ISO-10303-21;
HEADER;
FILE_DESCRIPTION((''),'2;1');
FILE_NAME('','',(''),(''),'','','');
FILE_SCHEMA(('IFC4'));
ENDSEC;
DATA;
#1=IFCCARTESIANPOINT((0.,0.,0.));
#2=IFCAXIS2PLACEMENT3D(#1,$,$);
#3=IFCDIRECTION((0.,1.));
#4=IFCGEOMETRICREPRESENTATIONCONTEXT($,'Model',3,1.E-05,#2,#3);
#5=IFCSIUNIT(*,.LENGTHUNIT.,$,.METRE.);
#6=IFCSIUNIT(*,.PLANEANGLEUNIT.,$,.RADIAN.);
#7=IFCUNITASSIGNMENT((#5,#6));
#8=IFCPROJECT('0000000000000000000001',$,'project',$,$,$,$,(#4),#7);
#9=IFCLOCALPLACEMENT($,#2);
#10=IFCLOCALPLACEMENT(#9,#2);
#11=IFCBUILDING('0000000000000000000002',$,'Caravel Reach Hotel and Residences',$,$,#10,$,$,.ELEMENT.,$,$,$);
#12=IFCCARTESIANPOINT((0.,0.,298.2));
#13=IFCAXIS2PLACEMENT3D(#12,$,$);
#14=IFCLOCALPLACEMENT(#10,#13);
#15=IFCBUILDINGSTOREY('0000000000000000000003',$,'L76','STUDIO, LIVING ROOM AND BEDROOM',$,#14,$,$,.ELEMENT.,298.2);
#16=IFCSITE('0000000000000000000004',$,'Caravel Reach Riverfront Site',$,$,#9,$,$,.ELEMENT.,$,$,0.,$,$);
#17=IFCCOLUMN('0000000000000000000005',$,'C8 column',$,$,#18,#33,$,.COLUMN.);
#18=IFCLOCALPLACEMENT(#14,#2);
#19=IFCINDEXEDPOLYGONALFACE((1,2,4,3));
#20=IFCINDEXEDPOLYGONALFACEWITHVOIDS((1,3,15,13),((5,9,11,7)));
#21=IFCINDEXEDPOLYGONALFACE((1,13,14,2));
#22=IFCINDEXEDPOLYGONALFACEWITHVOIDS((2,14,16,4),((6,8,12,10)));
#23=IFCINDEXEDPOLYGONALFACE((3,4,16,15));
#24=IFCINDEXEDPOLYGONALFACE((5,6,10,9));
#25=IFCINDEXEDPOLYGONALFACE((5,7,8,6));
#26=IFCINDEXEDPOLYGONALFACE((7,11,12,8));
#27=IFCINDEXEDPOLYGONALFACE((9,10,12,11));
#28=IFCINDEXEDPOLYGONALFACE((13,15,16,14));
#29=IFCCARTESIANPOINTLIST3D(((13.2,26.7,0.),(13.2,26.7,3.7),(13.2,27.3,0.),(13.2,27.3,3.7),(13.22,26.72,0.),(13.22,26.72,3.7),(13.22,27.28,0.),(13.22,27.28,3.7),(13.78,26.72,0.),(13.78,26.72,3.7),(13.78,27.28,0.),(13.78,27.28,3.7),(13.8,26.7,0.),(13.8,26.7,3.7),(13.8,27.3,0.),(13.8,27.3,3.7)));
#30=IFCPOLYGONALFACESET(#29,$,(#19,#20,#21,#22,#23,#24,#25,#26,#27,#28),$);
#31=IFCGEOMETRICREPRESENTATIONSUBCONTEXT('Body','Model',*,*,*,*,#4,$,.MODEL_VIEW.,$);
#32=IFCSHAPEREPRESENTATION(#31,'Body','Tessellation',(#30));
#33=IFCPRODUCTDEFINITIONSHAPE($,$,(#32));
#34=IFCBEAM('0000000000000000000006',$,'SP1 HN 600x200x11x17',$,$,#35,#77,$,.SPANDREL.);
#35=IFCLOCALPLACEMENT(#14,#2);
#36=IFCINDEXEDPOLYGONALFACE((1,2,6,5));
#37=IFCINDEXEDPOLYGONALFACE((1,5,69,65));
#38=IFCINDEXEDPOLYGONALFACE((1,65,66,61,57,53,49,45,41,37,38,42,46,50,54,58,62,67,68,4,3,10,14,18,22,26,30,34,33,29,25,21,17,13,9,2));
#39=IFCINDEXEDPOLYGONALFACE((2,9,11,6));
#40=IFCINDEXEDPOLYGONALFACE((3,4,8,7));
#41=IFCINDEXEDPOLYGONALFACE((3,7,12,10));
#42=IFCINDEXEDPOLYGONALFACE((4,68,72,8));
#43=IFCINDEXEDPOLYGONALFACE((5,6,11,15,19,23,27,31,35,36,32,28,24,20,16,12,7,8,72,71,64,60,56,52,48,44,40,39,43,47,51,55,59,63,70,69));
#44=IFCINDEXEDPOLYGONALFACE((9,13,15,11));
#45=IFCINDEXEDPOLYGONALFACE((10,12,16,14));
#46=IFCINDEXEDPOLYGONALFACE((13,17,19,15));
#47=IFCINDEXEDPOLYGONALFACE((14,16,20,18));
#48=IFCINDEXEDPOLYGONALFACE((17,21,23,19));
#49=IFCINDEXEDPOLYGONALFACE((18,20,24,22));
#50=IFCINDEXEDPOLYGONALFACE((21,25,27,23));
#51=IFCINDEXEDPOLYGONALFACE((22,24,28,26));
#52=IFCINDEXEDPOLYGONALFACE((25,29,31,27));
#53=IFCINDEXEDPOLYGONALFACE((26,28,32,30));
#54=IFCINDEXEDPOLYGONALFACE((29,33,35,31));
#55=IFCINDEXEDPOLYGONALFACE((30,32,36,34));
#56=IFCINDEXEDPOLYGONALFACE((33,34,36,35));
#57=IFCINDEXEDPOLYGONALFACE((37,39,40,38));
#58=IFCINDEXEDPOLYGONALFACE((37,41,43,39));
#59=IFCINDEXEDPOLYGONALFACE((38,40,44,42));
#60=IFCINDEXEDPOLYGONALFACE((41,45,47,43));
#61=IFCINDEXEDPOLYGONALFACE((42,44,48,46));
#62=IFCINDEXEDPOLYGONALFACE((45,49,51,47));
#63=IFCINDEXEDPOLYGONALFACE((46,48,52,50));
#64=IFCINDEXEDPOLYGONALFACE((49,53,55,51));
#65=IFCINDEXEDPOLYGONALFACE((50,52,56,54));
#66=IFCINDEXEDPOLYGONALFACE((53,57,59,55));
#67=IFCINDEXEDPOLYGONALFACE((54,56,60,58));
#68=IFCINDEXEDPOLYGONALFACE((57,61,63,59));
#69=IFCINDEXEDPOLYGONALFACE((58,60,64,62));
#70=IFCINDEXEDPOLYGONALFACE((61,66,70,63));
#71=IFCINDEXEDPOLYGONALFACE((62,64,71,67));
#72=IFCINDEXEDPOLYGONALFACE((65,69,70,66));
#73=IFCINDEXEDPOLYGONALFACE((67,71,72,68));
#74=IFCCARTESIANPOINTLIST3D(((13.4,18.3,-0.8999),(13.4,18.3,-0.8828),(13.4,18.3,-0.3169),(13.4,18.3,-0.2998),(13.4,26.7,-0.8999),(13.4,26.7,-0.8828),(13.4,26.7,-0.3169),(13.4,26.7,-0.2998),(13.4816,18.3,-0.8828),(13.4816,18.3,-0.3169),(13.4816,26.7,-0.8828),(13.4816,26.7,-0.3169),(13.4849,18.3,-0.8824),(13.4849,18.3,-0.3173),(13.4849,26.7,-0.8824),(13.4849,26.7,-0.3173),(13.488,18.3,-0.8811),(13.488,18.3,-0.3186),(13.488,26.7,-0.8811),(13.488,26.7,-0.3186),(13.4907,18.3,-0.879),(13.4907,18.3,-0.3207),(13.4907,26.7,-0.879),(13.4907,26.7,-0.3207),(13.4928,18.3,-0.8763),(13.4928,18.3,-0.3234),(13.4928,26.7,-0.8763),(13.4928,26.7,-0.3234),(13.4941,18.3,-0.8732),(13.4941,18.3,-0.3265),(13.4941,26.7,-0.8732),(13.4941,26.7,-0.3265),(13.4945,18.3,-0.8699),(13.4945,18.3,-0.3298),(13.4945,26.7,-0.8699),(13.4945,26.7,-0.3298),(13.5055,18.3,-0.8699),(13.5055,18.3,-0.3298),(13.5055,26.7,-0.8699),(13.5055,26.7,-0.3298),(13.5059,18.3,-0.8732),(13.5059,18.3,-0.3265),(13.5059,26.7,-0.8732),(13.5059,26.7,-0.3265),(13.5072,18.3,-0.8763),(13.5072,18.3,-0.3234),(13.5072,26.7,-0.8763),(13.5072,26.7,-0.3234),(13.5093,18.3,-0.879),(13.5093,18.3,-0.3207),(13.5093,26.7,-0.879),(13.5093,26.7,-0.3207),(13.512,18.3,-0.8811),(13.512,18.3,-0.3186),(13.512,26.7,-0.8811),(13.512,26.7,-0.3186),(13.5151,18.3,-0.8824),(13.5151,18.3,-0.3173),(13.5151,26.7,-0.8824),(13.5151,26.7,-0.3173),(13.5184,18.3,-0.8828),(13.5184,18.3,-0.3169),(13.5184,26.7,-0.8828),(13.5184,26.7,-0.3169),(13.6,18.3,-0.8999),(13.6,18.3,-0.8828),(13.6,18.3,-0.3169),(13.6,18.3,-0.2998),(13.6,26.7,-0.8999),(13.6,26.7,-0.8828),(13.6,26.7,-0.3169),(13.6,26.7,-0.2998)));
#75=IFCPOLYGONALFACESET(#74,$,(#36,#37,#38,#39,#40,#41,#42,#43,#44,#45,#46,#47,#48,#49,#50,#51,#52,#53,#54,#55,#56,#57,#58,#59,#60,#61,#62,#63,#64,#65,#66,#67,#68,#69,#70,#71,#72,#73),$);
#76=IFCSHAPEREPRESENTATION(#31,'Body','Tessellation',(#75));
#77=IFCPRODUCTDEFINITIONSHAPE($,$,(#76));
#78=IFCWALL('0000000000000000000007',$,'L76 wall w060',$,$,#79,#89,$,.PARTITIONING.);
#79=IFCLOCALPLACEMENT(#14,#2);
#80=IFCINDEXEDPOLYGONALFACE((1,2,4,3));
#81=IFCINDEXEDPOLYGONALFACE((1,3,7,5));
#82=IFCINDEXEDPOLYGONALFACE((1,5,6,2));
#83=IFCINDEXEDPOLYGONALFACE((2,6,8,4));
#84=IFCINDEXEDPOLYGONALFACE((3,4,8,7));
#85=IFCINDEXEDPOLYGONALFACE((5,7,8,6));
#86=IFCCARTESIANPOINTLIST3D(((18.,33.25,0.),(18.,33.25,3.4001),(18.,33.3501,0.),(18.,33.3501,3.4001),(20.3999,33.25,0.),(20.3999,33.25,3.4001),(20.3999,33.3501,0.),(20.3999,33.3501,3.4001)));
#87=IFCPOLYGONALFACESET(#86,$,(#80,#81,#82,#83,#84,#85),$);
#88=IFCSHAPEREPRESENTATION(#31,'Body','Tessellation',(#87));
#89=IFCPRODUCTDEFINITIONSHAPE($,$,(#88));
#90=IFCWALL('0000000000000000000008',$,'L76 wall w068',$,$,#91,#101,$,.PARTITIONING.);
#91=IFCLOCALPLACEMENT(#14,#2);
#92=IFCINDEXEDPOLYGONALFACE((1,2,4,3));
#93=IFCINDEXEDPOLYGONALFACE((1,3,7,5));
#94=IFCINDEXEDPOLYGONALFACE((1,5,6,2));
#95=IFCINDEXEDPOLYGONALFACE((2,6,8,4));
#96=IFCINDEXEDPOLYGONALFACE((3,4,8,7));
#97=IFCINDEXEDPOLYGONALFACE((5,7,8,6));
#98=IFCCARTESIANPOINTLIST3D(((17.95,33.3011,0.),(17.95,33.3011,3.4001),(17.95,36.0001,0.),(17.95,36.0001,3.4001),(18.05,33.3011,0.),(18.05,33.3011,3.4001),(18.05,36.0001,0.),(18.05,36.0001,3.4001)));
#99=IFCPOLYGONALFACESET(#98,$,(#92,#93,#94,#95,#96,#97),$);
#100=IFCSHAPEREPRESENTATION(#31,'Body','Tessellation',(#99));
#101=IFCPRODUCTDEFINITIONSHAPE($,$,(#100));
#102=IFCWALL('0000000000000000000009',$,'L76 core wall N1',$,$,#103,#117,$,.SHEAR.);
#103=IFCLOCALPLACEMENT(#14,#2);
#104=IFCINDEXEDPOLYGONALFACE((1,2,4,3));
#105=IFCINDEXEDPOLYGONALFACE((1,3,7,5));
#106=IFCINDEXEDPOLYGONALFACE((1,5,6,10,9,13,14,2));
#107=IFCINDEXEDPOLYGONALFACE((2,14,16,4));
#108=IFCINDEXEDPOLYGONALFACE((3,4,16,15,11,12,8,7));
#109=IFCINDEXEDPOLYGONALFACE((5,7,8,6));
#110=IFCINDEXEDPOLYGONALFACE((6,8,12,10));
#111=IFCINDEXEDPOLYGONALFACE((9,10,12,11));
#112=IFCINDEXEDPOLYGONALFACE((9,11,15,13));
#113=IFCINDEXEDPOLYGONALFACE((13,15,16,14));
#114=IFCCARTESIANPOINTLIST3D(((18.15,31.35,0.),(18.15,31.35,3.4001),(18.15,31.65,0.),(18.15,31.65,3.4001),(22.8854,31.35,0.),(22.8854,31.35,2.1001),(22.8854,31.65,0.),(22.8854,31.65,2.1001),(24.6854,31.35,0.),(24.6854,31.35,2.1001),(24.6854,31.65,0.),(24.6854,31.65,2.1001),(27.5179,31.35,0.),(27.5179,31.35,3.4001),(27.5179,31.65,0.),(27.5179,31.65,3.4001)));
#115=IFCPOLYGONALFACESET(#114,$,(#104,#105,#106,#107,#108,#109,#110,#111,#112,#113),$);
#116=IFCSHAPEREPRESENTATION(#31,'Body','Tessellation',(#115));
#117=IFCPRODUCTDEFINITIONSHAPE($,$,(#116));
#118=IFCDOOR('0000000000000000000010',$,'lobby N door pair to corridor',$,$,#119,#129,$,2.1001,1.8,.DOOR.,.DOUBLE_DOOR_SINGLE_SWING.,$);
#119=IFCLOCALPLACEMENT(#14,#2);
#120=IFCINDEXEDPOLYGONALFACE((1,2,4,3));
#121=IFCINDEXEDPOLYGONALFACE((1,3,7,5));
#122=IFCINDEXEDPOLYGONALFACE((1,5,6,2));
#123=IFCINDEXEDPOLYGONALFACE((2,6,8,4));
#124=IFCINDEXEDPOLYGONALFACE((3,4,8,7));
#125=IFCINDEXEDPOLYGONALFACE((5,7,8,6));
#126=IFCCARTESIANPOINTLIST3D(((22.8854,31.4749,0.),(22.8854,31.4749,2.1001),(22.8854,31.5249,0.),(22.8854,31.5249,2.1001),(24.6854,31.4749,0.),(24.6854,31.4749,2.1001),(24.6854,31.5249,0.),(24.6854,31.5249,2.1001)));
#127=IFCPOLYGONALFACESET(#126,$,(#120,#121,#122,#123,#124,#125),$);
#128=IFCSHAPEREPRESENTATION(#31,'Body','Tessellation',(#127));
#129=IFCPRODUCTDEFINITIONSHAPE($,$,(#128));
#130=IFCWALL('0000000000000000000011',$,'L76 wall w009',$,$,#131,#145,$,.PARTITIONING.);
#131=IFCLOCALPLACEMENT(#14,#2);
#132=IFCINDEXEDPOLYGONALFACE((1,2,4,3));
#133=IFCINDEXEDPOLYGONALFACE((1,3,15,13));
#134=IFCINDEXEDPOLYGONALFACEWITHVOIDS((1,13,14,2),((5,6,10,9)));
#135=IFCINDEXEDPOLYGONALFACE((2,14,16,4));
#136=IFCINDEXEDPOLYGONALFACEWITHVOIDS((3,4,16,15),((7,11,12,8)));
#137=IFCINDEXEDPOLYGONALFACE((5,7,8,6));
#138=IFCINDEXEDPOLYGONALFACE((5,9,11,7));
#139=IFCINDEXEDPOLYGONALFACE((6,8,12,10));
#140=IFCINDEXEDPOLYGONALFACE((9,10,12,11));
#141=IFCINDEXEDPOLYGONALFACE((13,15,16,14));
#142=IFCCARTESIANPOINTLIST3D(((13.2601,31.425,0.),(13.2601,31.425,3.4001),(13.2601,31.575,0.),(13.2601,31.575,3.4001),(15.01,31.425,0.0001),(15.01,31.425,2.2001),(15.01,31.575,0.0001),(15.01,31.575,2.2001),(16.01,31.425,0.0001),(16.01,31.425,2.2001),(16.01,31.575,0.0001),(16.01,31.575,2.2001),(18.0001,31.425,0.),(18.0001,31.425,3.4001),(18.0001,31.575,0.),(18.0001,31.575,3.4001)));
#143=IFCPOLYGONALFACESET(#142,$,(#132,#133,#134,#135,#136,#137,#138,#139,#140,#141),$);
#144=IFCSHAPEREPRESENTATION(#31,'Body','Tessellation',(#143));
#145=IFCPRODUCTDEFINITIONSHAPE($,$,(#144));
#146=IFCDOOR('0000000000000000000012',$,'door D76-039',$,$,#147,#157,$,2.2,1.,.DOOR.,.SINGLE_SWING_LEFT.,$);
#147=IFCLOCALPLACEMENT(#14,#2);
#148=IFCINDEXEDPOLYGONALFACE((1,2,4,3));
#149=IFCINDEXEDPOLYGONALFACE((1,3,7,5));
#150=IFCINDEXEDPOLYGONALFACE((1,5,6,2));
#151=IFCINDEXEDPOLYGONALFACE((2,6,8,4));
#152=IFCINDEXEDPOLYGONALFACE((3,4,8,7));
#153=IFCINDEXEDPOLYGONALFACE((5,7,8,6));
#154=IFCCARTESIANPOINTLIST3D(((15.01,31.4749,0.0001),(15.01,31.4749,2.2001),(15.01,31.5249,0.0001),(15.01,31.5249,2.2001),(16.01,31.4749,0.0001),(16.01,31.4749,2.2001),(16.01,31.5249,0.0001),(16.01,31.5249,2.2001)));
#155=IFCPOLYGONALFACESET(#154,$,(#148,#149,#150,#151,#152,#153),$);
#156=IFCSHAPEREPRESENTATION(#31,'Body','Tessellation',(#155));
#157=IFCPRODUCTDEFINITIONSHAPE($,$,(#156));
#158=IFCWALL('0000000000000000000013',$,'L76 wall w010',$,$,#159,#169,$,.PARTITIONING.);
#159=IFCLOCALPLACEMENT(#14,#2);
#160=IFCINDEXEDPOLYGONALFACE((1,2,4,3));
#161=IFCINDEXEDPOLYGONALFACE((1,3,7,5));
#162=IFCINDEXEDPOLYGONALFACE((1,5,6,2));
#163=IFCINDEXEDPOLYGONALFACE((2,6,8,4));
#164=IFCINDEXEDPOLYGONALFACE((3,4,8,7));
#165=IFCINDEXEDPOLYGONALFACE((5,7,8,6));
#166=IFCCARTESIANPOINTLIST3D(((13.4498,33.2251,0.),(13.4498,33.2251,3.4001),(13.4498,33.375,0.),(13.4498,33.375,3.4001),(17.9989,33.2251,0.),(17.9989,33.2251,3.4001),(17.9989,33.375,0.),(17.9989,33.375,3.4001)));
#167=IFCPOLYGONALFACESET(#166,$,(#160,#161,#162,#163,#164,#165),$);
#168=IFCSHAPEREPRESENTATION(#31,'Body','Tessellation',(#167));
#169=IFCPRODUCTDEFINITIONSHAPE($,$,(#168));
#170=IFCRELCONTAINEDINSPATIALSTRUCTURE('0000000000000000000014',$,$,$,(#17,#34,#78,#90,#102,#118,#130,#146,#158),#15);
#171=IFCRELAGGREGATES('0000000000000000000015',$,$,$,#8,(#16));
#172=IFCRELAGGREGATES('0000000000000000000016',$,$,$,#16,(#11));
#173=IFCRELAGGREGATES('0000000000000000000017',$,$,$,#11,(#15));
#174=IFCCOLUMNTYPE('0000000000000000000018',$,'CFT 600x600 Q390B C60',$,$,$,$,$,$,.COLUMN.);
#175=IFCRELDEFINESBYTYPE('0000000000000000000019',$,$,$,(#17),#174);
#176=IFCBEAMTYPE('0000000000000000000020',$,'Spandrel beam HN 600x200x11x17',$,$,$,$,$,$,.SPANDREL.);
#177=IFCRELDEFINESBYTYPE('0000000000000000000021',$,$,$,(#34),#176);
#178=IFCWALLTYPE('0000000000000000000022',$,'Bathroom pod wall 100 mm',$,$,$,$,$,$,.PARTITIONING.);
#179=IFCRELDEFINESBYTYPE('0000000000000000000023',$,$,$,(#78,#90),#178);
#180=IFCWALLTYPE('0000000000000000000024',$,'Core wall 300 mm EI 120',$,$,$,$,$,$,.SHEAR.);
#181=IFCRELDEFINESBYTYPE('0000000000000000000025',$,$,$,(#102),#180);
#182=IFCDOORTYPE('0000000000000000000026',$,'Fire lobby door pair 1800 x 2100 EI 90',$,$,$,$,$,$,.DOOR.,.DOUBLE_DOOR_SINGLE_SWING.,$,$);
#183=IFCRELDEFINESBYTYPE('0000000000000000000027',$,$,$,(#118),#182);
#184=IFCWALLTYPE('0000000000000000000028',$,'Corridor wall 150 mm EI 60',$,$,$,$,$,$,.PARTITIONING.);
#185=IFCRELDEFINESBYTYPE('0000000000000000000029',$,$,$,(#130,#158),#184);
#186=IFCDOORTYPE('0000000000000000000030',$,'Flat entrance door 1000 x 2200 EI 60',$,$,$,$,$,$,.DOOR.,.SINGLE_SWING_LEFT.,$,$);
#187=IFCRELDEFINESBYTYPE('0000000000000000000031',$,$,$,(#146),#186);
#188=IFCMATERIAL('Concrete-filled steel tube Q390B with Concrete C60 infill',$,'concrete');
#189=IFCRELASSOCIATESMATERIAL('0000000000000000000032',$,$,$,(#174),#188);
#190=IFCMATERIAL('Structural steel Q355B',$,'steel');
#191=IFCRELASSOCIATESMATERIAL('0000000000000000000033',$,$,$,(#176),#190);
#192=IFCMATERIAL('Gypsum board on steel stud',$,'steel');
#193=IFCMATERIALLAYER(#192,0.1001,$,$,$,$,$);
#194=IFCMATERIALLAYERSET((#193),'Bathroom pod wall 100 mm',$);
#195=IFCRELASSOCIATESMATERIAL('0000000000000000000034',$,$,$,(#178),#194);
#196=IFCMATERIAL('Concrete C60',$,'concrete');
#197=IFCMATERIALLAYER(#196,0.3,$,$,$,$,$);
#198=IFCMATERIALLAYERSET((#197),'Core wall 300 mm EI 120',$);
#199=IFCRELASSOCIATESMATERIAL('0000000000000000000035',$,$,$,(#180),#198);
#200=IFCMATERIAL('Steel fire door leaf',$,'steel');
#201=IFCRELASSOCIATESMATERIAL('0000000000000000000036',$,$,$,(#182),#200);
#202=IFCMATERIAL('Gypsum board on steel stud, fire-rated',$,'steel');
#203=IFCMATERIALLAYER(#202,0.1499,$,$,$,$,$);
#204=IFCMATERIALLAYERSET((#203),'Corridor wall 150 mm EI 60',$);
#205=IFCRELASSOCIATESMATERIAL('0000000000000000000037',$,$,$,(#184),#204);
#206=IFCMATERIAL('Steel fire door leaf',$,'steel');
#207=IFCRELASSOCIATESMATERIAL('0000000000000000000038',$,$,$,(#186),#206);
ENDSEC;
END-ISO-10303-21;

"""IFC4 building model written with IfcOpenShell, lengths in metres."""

from ifc_helpers import new_model, si_unit, direction, frame, frame_2d, origin, origin_2d, place, context, subcontext, project, spatial, rectangle, hollow_rectangle, i_section, extrude, material, layer, layer_set, material_profile, profile_set, type_object, element, fill, save


model = new_model("IFC4")

# Units and contexts
model_context = context("Model", 3, precision=1e-05, world=origin(), true_north=direction((0.0, 1.0)))
body_context = subcontext(model_context, "Body", "Model", "MODEL_VIEW")
ifc_project = project(units=[si_unit("LENGTHUNIT", "METRE"), si_unit("PLANEANGLEUNIT", "RADIAN")], contexts=[model_context])

# Site, building, storey
site_placement = place(None, origin())
site = spatial("IfcSite", under=ifc_project, at=site_placement, Name="Caravel Reach Riverfront Site", CompositionType="ELEMENT", RefElevation=0.0)
building_placement = place(site_placement, origin())
building = spatial("IfcBuilding", under=site, at=building_placement, Name="Caravel Reach Hotel and Residences", CompositionType="ELEMENT")
storey_placement = place(building_placement, frame((0.0, 0.0, 298.2)))
storey = spatial("IfcBuildingStorey", under=building, at=storey_placement, Name="L76", Description="STUDIO, LIVING ROOM AND BEDROOM", CompositionType="ELEMENT", Elevation=298.2)

# Column
ifc_material_1 = material(Name="Concrete-filled steel tube Q390B with Concrete C60 infill", Category="concrete")
ifc_material_profile_1 = material_profile(ifc_material_1, hollow_rectangle(XDim=0.6001, YDim=0.6001, WallThickness=0.02, at=origin_2d()), Name="RHS 600x600x20")
ifc_profile_set_1 = profile_set([ifc_material_profile_1], Name="Concrete-filled steel tube Q390B with Concrete C60 infill")
column_type = type_object("IfcColumnType", Name="CFT 600x600 Q390B C60", PredefinedType="COLUMN", material=ifc_profile_set_1)
column_placement = place(storey_placement, frame((13.5, 27.0, 0.0), z_axis=(0.0, 0.0, 1.0), x_axis=(1.0, 0.0, 0.0)))
element("IfcColumn", 1, at=column_placement, inside=storey, type_object=column_type, Name="C8 column", PredefinedType="COLUMN", context=body_context, shape_type="SweptSolid", body=[
    extrude(hollow_rectangle(XDim=0.6001, YDim=0.6001, WallThickness=0.02, at=origin_2d()), origin(), (0.0, 0.0, 1.0), 3.7),
])

# Beam
ifc_material_2 = material(Name="Structural steel Q355B", Category="steel")
ifc_material_profile_2 = material_profile(ifc_material_2, i_section(OverallWidth=0.2, OverallDepth=0.6001, WebThickness=0.011, FlangeThickness=0.0171, FilletRadius=0.0129, at=origin_2d()), Name="HN 600x200x11x17")
ifc_profile_set_2 = profile_set([ifc_material_profile_2], Name="Structural steel Q355B")
beam_type = type_object("IfcBeamType", Name="Spandrel beam HN 600x200x11x17", PredefinedType="SPANDREL", material=ifc_profile_set_2)
beam_placement = place(storey_placement, frame((13.5, 26.7, -0.5999), z_axis=(0.0, -1.0, 0.0), x_axis=(1.0, 0.0, 0.0)))
element("IfcBeam", 2, at=beam_placement, inside=storey, type_object=beam_type, Name="SP1 HN 600x200x11x17", PredefinedType="SPANDREL", context=body_context, shape_type="SweptSolid", body=[
    extrude(i_section(OverallWidth=0.2, OverallDepth=0.6001, WebThickness=0.011, FlangeThickness=0.0171, FilletRadius=0.0129, at=origin_2d()), origin(), (0.0, 0.0, 1.0), 8.3999),
])

# Walls
ifc_material_3 = material(Name="Gypsum board on steel stud", Category="steel")
ifc_layer_1 = layer(ifc_material_3, 0.1001)
ifc_layer_set_1 = layer_set([ifc_layer_1], Name="Bathroom pod wall 100 mm")
wall_type_1 = type_object("IfcWallType", Name="Bathroom pod wall 100 mm", PredefinedType="PARTITIONING", material=ifc_layer_set_1)
wall_1_placement = place(storey_placement, frame((18.0, 33.3, 0.0), z_axis=(0.0, 0.0, 1.0), x_axis=(1.0, 0.0, 0.0)))
element("IfcWall", 3, at=wall_1_placement, inside=storey, type_object=wall_type_1, Name="L76 wall w060", PredefinedType="PARTITIONING", context=body_context, shape_type="SweptSolid", body=[
    extrude(rectangle(XDim=2.3999, YDim=0.1001, at=frame_2d((1.2, 0.0))), origin(), (0.0, 0.0, 1.0), 3.4001),
])
wall_2_placement = place(storey_placement, frame((18.0, 33.301, 0.0), z_axis=(0.0, 0.0, 1.0), x_axis=(0.0, 1.0, 0.0)))
element("IfcWall", 4, at=wall_2_placement, inside=storey, type_object=wall_type_1, Name="L76 wall w068", PredefinedType="PARTITIONING", context=body_context, shape_type="SweptSolid", body=[
    extrude(rectangle(XDim=2.699, YDim=0.1001, at=frame_2d((1.3496, 0.0))), origin(), (0.0, 0.0, 1.0), 3.4001),
])

# Walls, openings, doors
ifc_material_4 = material(Name="Concrete C60", Category="concrete")
ifc_layer_2 = layer(ifc_material_4, 0.3)
ifc_layer_set_2 = layer_set([ifc_layer_2], Name="Core wall 300 mm EI 120")
wall_type_2 = type_object("IfcWallType", Name="Core wall 300 mm EI 120", PredefinedType="SHEAR", material=ifc_layer_set_2)
wall_3_placement = place(storey_placement, frame((18.1499, 31.5, 0.0), z_axis=(0.0, 0.0, 1.0), x_axis=(1.0, 0.0, 0.0)))
wall_3 = element("IfcWall", 5, at=wall_3_placement, inside=storey, type_object=wall_type_2, Name="L76 core wall N1", PredefinedType="SHEAR", context=body_context, shape_type="SweptSolid", body=[
    extrude(rectangle(XDim=9.3679, YDim=0.3, at=frame_2d((4.6841, 0.0))), origin(), (0.0, 0.0, 1.0), 3.4001),
])
opening_1_placement = place(wall_3_placement, frame((4.7356, 0.0, 0.0)))
opening_1 = element("IfcOpeningElement", 6, at=opening_1_placement, cuts=wall_3, PredefinedType="OPENING", context=body_context, shape_type="SweptSolid", body=[
    extrude(rectangle(XDim=1.8, YDim=2.1001, at=frame_2d((0.8999, 1.05))), frame((0.0, 0.1599, 0.0), z_axis=(0.0, -1.0, 0.0), x_axis=(1.0, 0.0, 0.0)), (0.0, 0.0, 1.0), 0.3201),
])
ifc_material_5 = material(Name="Steel fire door leaf", Category="steel")
door_type_1 = type_object("IfcDoorType", Name="Fire lobby door pair 1800 x 2100 EI 90", OperationType="DOUBLE_DOOR_SINGLE_SWING", PredefinedType="DOOR", material=ifc_material_5)
door_1_placement = place(opening_1_placement, origin())
door_1 = element("IfcDoor", 7, at=door_1_placement, inside=storey, type_object=door_type_1, Name="lobby N door pair to corridor", OperationType="DOUBLE_DOOR_SINGLE_SWING", OverallHeight=2.1001, OverallWidth=1.8, PredefinedType="DOOR", context=body_context, shape_type="SweptSolid", body=[
    extrude(rectangle(XDim=1.8, YDim=2.1001, at=frame_2d((0.8999, 1.05))), frame((0.0, 0.0249, 0.0), z_axis=(0.0, -1.0, 0.0), x_axis=(1.0, 0.0, 0.0)), (0.0, 0.0, 1.0), 0.05),
])
fill(opening_1, door_1)
ifc_material_6 = material(Name="Gypsum board on steel stud, fire-rated", Category="steel")
ifc_layer_3 = layer(ifc_material_6, 0.1499)
ifc_layer_set_3 = layer_set([ifc_layer_3], Name="Corridor wall 150 mm EI 60")
wall_type_3 = type_object("IfcWallType", Name="Corridor wall 150 mm EI 60", PredefinedType="PARTITIONING", material=ifc_layer_set_3)
wall_4_placement = place(storey_placement, frame((13.26, 31.5, 0.0), z_axis=(0.0, 0.0, 1.0), x_axis=(1.0, 0.0, 0.0)))
wall_4 = element("IfcWall", 8, at=wall_4_placement, inside=storey, type_object=wall_type_3, Name="L76 wall w009", PredefinedType="PARTITIONING", context=body_context, shape_type="SweptSolid", body=[
    extrude(rectangle(XDim=4.74, YDim=0.1499, at=frame_2d((2.3701, 0.0))), origin(), (0.0, 0.0, 1.0), 3.4001),
])
opening_2_placement = place(wall_4_placement, frame((1.75, 0.0, 0.0)))
opening_2 = element("IfcOpeningElement", 9, at=opening_2_placement, cuts=wall_4, PredefinedType="OPENING", context=body_context, shape_type="SweptSolid", body=[
    extrude(rectangle(XDim=1.0, YDim=2.2, at=frame_2d((0.5, 1.1001))), frame((0.0, 0.085, 0.0), z_axis=(0.0, -1.0, 0.0), x_axis=(1.0, 0.0, 0.0)), (0.0, 0.0, 1.0), 0.1699),
])
ifc_material_7 = material(Name="Steel fire door leaf", Category="steel")
door_type_2 = type_object("IfcDoorType", Name="Flat entrance door 1000 x 2200 EI 60", OperationType="SINGLE_SWING_LEFT", PredefinedType="DOOR", material=ifc_material_7)
door_2_placement = place(opening_2_placement, origin())
door_2 = element("IfcDoor", 10, at=door_2_placement, inside=storey, type_object=door_type_2, Name="door D76-039", OperationType="SINGLE_SWING_LEFT", OverallHeight=2.2, OverallWidth=1.0, PredefinedType="DOOR", context=body_context, shape_type="SweptSolid", body=[
    extrude(rectangle(XDim=1.0, YDim=2.2, at=frame_2d((0.5, 1.1001))), frame((0.0, 0.0249, 0.0), z_axis=(0.0, -1.0, 0.0), x_axis=(1.0, 0.0, 0.0)), (0.0, 0.0, 1.0), 0.05),
])
fill(opening_2, door_2)

# Wall
wall_5_placement = place(storey_placement, frame((13.45, 33.3, 0.0), z_axis=(0.0, 0.0, 1.0), x_axis=(1.0, 0.0, 0.0)))
element("IfcWall", 11, at=wall_5_placement, inside=storey, type_object=wall_type_3, Name="L76 wall w010", PredefinedType="PARTITIONING", context=body_context, shape_type="SweptSolid", body=[
    extrude(rectangle(XDim=4.5491, YDim=0.1499, at=frame_2d((2.2744, 0.0))), origin(), (0.0, 0.0, 1.0), 3.4001),
])

save(model, "model.ifc")
